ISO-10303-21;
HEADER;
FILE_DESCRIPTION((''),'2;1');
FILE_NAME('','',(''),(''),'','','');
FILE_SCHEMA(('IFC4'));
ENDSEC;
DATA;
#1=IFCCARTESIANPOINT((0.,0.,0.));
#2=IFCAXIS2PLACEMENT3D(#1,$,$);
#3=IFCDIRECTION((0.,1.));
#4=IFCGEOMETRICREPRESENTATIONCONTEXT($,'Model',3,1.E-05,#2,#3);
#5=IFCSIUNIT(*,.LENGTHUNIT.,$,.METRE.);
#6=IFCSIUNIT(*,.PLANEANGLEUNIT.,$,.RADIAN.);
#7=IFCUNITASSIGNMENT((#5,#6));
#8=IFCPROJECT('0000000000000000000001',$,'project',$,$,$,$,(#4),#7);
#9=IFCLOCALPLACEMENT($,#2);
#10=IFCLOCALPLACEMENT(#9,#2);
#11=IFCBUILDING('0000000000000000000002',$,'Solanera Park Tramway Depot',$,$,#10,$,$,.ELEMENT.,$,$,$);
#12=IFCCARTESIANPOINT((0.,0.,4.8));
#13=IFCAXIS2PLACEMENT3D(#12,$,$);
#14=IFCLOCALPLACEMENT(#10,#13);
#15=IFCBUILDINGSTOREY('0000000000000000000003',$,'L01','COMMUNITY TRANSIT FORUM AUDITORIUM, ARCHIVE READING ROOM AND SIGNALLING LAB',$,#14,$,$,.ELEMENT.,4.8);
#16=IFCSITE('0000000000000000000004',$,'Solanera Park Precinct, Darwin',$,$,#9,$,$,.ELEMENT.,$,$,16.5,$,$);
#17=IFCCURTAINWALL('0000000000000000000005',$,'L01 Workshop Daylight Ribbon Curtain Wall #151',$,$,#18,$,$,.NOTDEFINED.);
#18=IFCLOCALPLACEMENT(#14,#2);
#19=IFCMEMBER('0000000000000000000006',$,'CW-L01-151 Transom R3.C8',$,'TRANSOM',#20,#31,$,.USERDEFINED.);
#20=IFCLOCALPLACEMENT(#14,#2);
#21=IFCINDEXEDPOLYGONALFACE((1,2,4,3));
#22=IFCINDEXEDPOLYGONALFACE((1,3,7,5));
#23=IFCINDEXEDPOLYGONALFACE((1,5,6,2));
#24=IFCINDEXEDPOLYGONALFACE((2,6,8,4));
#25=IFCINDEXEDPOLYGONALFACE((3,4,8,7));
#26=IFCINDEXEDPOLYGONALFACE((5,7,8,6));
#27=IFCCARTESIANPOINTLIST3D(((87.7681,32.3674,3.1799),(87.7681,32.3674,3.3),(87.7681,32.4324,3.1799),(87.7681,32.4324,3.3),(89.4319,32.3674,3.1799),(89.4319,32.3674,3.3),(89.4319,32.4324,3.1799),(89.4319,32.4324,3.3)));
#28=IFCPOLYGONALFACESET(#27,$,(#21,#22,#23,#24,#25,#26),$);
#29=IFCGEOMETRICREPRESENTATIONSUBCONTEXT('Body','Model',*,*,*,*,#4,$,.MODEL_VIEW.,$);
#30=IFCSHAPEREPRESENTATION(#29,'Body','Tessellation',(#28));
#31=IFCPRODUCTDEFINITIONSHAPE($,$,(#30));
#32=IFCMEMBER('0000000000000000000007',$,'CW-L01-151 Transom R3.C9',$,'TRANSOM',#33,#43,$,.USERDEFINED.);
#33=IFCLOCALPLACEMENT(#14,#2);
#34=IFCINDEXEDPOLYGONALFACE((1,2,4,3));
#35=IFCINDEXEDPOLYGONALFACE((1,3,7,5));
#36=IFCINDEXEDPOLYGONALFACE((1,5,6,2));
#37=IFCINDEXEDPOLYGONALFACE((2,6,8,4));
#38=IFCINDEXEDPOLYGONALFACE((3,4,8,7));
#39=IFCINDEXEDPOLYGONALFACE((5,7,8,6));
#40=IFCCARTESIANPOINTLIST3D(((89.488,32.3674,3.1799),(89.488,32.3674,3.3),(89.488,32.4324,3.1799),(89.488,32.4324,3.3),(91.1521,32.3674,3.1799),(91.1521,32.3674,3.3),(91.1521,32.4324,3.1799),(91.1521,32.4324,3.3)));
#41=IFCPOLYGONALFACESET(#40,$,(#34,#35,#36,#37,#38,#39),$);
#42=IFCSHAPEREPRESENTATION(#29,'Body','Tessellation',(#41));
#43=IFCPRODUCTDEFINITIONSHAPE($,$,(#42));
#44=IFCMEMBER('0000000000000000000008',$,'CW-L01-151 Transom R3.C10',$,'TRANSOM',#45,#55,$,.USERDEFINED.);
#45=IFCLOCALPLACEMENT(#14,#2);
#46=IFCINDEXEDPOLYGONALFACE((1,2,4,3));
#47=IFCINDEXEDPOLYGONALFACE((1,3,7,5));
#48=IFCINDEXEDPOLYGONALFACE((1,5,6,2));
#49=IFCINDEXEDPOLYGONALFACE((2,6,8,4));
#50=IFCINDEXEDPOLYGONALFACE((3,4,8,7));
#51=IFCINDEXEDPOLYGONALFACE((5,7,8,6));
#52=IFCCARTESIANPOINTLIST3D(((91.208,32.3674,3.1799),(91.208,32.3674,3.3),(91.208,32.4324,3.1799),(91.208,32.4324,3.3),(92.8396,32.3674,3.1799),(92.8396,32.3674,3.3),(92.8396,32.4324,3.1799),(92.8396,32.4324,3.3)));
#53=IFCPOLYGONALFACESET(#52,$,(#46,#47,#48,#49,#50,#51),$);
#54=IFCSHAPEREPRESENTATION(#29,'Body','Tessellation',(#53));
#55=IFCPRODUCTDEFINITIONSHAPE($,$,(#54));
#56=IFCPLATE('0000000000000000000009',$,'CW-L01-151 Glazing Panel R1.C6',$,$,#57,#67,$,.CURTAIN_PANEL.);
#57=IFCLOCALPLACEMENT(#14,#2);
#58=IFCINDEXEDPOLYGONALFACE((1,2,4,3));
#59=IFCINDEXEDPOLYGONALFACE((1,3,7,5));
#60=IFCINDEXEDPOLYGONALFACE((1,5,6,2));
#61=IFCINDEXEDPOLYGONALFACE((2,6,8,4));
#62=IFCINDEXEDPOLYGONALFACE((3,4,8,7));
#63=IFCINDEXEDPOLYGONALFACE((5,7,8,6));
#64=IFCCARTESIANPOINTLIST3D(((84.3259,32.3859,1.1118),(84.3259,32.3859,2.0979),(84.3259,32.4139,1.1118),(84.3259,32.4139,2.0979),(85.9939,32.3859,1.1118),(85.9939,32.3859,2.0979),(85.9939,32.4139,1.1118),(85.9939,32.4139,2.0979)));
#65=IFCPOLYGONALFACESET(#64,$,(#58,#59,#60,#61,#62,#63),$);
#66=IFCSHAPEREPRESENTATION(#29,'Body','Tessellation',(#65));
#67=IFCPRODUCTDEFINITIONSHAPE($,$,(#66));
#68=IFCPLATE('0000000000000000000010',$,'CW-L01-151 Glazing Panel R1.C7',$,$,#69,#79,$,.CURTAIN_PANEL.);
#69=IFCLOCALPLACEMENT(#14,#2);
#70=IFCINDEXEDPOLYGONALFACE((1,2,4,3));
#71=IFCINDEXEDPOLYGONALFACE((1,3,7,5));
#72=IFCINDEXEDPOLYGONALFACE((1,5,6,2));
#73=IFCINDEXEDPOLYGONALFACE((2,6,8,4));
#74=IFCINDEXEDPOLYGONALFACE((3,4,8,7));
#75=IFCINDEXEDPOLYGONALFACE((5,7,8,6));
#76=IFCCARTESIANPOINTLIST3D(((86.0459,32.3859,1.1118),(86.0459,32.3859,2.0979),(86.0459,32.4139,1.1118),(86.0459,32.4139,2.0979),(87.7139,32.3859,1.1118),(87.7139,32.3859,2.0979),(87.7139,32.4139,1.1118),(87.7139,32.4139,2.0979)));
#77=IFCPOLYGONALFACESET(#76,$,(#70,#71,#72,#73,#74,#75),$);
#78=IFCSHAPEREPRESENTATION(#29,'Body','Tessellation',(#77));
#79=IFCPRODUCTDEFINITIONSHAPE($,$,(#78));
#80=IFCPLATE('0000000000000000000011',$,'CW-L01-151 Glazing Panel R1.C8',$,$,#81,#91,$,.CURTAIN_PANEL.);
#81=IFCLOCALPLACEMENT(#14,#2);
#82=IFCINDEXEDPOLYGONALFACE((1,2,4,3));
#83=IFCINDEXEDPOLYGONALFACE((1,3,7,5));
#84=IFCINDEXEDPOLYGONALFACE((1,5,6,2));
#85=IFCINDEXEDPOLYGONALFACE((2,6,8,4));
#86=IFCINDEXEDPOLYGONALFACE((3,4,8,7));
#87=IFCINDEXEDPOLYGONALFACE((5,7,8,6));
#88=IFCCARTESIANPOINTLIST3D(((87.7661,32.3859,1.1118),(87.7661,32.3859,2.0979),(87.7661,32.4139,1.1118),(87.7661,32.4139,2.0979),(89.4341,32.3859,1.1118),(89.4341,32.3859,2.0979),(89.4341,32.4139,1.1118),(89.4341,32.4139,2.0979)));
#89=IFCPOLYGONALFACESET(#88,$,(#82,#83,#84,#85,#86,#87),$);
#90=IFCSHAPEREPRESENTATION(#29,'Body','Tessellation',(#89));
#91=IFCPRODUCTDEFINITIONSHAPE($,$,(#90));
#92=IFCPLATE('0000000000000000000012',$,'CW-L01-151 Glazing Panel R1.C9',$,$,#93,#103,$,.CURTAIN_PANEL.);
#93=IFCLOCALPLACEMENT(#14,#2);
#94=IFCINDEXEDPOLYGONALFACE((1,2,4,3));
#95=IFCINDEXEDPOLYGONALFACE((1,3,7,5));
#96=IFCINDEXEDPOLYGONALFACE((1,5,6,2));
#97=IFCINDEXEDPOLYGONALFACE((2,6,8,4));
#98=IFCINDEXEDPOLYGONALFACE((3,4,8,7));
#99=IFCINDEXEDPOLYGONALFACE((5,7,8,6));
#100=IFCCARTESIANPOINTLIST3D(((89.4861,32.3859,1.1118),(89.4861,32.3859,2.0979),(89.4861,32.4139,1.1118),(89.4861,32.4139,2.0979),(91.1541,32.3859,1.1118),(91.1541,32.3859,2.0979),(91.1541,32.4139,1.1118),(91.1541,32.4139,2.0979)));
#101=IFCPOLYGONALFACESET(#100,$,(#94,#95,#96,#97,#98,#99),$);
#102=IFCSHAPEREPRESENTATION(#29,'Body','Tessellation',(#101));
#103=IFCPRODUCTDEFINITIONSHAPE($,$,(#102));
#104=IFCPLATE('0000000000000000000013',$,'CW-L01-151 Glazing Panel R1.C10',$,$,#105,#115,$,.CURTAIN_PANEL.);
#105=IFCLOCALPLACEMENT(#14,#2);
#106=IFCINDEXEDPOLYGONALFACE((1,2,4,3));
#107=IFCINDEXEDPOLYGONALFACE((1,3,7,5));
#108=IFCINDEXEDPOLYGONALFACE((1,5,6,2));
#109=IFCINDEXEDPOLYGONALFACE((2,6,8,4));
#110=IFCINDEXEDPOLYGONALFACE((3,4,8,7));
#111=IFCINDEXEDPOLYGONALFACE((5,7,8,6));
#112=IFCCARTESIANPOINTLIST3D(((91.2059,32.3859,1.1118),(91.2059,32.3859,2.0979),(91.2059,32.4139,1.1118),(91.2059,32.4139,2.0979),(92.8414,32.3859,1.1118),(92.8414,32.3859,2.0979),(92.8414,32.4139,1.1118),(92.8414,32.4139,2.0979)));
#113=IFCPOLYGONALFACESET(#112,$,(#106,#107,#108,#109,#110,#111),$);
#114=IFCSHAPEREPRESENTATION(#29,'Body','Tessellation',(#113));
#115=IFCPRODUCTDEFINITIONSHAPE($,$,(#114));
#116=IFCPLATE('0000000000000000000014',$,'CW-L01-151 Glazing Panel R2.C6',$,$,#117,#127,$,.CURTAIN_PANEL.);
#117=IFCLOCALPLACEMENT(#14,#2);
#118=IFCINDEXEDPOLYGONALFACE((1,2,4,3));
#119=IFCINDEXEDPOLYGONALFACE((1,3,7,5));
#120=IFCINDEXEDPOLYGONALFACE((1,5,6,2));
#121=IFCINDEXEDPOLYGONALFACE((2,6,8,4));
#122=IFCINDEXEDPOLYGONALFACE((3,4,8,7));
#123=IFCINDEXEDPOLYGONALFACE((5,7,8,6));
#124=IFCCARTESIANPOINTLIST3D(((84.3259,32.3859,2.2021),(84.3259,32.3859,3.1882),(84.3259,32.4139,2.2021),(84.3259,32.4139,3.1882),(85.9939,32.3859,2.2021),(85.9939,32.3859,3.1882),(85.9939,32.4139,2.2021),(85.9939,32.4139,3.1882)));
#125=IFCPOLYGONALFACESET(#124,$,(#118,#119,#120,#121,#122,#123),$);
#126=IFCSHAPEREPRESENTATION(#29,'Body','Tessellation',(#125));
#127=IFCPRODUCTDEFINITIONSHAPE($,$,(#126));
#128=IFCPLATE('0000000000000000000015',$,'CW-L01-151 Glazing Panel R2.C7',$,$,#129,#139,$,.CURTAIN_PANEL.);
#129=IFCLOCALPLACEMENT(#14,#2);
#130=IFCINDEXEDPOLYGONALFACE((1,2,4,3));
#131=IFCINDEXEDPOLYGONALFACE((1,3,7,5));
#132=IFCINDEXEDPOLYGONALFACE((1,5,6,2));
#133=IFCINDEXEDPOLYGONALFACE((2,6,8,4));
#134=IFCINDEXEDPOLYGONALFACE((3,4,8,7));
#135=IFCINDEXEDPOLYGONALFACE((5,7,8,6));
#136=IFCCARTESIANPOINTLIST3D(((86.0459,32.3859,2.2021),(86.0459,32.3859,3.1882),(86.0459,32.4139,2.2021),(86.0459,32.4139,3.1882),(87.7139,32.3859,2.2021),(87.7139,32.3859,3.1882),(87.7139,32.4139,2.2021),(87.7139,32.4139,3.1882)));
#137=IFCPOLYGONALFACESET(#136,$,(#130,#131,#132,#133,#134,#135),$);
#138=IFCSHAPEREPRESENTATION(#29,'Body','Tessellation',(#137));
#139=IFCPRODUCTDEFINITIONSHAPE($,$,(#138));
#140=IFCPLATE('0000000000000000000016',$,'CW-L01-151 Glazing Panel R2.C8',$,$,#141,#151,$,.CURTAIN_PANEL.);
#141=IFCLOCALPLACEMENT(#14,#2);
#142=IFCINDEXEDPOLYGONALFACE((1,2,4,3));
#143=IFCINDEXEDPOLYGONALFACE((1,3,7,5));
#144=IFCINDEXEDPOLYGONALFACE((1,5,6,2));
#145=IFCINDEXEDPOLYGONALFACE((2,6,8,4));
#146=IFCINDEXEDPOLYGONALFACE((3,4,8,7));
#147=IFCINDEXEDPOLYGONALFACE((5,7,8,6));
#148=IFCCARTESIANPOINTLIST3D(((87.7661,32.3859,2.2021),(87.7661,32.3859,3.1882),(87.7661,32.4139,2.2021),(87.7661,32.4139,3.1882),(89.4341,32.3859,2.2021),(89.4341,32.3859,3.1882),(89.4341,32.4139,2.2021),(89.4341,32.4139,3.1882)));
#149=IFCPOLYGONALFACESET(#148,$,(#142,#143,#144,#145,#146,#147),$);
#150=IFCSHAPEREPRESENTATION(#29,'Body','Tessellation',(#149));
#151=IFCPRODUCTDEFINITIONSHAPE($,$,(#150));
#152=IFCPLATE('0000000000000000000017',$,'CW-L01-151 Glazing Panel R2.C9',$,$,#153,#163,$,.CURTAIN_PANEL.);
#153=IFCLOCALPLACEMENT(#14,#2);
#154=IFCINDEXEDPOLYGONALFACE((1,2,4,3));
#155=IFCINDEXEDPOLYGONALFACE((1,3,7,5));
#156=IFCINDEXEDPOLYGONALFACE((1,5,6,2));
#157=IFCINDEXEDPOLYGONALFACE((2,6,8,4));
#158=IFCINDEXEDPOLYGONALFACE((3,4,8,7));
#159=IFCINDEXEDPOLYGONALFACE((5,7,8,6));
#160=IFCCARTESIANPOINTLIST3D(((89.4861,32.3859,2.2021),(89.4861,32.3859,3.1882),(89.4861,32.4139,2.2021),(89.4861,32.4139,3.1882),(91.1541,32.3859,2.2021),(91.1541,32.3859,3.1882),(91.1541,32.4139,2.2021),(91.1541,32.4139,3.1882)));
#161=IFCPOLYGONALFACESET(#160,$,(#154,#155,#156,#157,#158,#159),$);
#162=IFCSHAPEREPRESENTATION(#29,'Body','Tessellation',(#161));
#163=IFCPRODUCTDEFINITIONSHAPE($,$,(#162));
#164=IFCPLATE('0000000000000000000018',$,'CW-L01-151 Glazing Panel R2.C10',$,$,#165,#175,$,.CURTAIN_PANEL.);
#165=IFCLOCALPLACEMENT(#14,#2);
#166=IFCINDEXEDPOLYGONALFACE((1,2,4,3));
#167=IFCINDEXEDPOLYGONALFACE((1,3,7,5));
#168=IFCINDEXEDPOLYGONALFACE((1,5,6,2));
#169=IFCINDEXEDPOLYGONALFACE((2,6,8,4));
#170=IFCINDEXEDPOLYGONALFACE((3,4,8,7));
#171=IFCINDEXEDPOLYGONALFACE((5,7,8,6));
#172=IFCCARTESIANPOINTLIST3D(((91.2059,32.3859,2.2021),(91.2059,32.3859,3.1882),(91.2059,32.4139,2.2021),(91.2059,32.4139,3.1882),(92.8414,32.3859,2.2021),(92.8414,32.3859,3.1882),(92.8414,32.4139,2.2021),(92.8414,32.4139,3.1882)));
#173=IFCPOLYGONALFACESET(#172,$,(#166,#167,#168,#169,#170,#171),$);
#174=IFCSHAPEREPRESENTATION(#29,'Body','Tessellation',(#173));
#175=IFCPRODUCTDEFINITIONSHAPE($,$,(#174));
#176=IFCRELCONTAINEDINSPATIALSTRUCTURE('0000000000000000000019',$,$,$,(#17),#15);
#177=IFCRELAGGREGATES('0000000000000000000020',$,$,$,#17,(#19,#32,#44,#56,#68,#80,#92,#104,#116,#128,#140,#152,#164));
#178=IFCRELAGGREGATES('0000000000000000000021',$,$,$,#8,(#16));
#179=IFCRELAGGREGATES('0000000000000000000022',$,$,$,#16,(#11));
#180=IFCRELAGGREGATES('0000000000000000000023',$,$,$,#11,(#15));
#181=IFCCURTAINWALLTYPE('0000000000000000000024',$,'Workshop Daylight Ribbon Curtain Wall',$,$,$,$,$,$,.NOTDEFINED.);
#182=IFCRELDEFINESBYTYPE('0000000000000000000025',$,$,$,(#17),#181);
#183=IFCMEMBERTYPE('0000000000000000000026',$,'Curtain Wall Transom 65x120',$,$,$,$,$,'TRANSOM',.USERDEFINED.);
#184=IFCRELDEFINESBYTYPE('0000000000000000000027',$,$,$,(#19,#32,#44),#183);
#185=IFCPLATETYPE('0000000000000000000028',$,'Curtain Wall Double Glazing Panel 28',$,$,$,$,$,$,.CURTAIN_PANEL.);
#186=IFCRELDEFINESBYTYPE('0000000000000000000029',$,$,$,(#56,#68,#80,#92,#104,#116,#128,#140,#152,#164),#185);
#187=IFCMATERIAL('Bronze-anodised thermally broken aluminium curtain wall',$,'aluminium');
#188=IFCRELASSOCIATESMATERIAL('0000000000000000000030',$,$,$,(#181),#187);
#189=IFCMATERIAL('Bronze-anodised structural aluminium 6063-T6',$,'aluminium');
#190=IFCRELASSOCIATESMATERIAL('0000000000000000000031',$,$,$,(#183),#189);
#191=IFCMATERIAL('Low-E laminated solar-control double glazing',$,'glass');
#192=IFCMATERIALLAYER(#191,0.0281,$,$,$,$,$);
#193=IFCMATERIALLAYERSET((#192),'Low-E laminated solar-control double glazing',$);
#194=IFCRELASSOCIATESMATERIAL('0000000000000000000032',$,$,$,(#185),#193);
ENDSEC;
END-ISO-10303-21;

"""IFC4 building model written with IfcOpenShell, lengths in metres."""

from ifc_helpers import new_model, si_unit, direction, frame, origin, origin_2d, place, context, subcontext, project, spatial, rectangle, extrude, material, layer, layer_set, material_profile, profile_set, type_object, element, aggregate, save


model = new_model("IFC4")

# Units and contexts
model_context = context("Model", 3, precision=1e-05, world=origin(), true_north=direction((0.0, 1.0)))
body_context = subcontext(model_context, "Body", "Model", "MODEL_VIEW")
ifc_project = project(units=[si_unit("LENGTHUNIT", "METRE"), si_unit("PLANEANGLEUNIT", "RADIAN")], contexts=[model_context])

# Site, building, storey
site_placement = place(None, origin())
site = spatial("IfcSite", under=ifc_project, at=site_placement, Name="Solanera Park Precinct, Darwin", CompositionType="ELEMENT", RefElevation=16.5)
building_placement = place(site_placement, origin())
building = spatial("IfcBuilding", under=site, at=building_placement, Name="Solanera Park Tramway Depot", CompositionType="ELEMENT")
storey_placement = place(building_placement, frame((0.0, 0.0, 4.8)))
storey = spatial("IfcBuildingStorey", under=building, at=storey_placement, Name="L01", Description="COMMUNITY TRANSIT FORUM AUDITORIUM, ARCHIVE READING ROOM AND SIGNALLING LAB", CompositionType="ELEMENT", Elevation=4.8)

# Curtain wall, members, plates
ifc_material_1 = material(Name="Bronze-anodised thermally broken aluminium curtain wall", Category="aluminium")
curtain_wall_type = type_object("IfcCurtainWallType", Name="Workshop Daylight Ribbon Curtain Wall", PredefinedType="NOTDEFINED", material=ifc_material_1)
curtain_wall_placement = place(storey_placement, origin())
curtain_wall = element("IfcCurtainWall", 1, at=curtain_wall_placement, inside=storey, type_object=curtain_wall_type, Name="L01 Workshop Daylight Ribbon Curtain Wall #151", PredefinedType="NOTDEFINED")
ifc_material_2 = material(Name="Bronze-anodised structural aluminium 6063-T6", Category="aluminium")
ifc_material_profile_1 = material_profile(ifc_material_2, rectangle(XDim=0.0649, YDim=0.1201, at=origin_2d()), Name="Curtain Wall Transom 65x120")
ifc_profile_set_1 = profile_set([ifc_material_profile_1], Name="Bronze-anodised structural aluminium 6063-T6")
member_type_1 = type_object("IfcMemberType", Name="Curtain Wall Transom 65x120", ElementType="TRANSOM", PredefinedType="USERDEFINED", material=ifc_profile_set_1)
member_1_placement = place(storey_placement, frame((87.7681, 32.3999, 3.24), z_axis=(1.0, 0.0, 0.0), x_axis=(0.0, 1.0, 0.0)))
member_1 = element("IfcMember", 2, at=member_1_placement, type_object=member_type_1, Name="CW-L01-151 Transom R3.C8", ObjectType="TRANSOM", PredefinedType="USERDEFINED", context=body_context, shape_type="SweptSolid", body=[
    extrude(rectangle(XDim=0.0649, YDim=0.1201, at=origin_2d()), origin(), (0.0, 0.0, 1.0), 1.6638),
])
member_2_placement = place(storey_placement, frame((89.488, 32.3999, 3.24), z_axis=(1.0, 0.0, 0.0), x_axis=(0.0, 1.0, 0.0)))
member_2 = element("IfcMember", 3, at=member_2_placement, type_object=member_type_1, Name="CW-L01-151 Transom R3.C9", ObjectType="TRANSOM", PredefinedType="USERDEFINED", context=body_context, shape_type="SweptSolid", body=[
    extrude(rectangle(XDim=0.0649, YDim=0.1201, at=origin_2d()), origin(), (0.0, 0.0, 1.0), 1.6641),
])
member_3_placement = place(storey_placement, frame((91.208, 32.3999, 3.24), z_axis=(1.0, 0.0, 0.0), x_axis=(0.0, 1.0, 0.0)))
member_3 = element("IfcMember", 4, at=member_3_placement, type_object=member_type_1, Name="CW-L01-151 Transom R3.C10", ObjectType="TRANSOM", PredefinedType="USERDEFINED", context=body_context, shape_type="SweptSolid", body=[
    extrude(rectangle(XDim=0.0649, YDim=0.1201, at=origin_2d()), origin(), (0.0, 0.0, 1.0), 1.6316),
])
ifc_material_3 = material(Name="Low-E laminated solar-control double glazing", Category="glass")
ifc_layer_1 = layer(ifc_material_3, 0.0281)
ifc_layer_set_1 = layer_set([ifc_layer_1], Name="Low-E laminated solar-control double glazing")
plate_type = type_object("IfcPlateType", Name="Curtain Wall Double Glazing Panel 28", PredefinedType="CURTAIN_PANEL", material=ifc_layer_set_1)
plate_1_placement = place(storey_placement, frame((85.1599, 32.3999, 1.1118), z_axis=(0.0, 0.0, 1.0), x_axis=(1.0, 0.0, 0.0)))
plate_1 = element("IfcPlate", 5, at=plate_1_placement, type_object=plate_type, Name="CW-L01-151 Glazing Panel R1.C6", PredefinedType="CURTAIN_PANEL", context=body_context, shape_type="SweptSolid", body=[
    extrude(rectangle(XDim=1.668, YDim=0.0281, at=origin_2d()), origin(), (0.0, 0.0, 1.0), 0.9861),
])
plate_2_placement = place(storey_placement, frame((86.8799, 32.3999, 1.1118), z_axis=(0.0, 0.0, 1.0), x_axis=(1.0, 0.0, 0.0)))
plate_2 = element("IfcPlate", 6, at=plate_2_placement, type_object=plate_type, Name="CW-L01-151 Glazing Panel R1.C7", PredefinedType="CURTAIN_PANEL", context=body_context, shape_type="SweptSolid", body=[
    extrude(rectangle(XDim=1.668, YDim=0.0281, at=origin_2d()), origin(), (0.0, 0.0, 1.0), 0.9861),
])
plate_3_placement = place(storey_placement, frame((88.6001, 32.3999, 1.1118), z_axis=(0.0, 0.0, 1.0), x_axis=(1.0, 0.0, 0.0)))
plate_3 = element("IfcPlate", 7, at=plate_3_placement, type_object=plate_type, Name="CW-L01-151 Glazing Panel R1.C8", PredefinedType="CURTAIN_PANEL", context=body_context, shape_type="SweptSolid", body=[
    extrude(rectangle(XDim=1.668, YDim=0.0281, at=origin_2d()), origin(), (0.0, 0.0, 1.0), 0.9861),
])
plate_4_placement = place(storey_placement, frame((90.3201, 32.3999, 1.1118), z_axis=(0.0, 0.0, 1.0), x_axis=(1.0, 0.0, 0.0)))
plate_4 = element("IfcPlate", 8, at=plate_4_placement, type_object=plate_type, Name="CW-L01-151 Glazing Panel R1.C9", PredefinedType="CURTAIN_PANEL", context=body_context, shape_type="SweptSolid", body=[
    extrude(rectangle(XDim=1.668, YDim=0.0281, at=origin_2d()), origin(), (0.0, 0.0, 1.0), 0.9861),
])
plate_5_placement = place(storey_placement, frame((92.0237, 32.3999, 1.1118), z_axis=(0.0, 0.0, 1.0), x_axis=(1.0, 0.0, 0.0)))
plate_5 = element("IfcPlate", 9, at=plate_5_placement, type_object=plate_type, Name="CW-L01-151 Glazing Panel R1.C10", PredefinedType="CURTAIN_PANEL", context=body_context, shape_type="SweptSolid", body=[
    extrude(rectangle(XDim=1.6355, YDim=0.0281, at=origin_2d()), origin(), (0.0, 0.0, 1.0), 0.9861),
])
plate_6_placement = place(storey_placement, frame((85.1599, 32.3999, 2.2021), z_axis=(0.0, 0.0, 1.0), x_axis=(1.0, 0.0, 0.0)))
plate_6 = element("IfcPlate", 10, at=plate_6_placement, type_object=plate_type, Name="CW-L01-151 Glazing Panel R2.C6", PredefinedType="CURTAIN_PANEL", context=body_context, shape_type="SweptSolid", body=[
    extrude(rectangle(XDim=1.668, YDim=0.0281, at=origin_2d()), origin(), (0.0, 0.0, 1.0), 0.9861),
])
plate_7_placement = place(storey_placement, frame((86.8799, 32.3999, 2.2021), z_axis=(0.0, 0.0, 1.0), x_axis=(1.0, 0.0, 0.0)))
plate_7 = element("IfcPlate", 11, at=plate_7_placement, type_object=plate_type, Name="CW-L01-151 Glazing Panel R2.C7", PredefinedType="CURTAIN_PANEL", context=body_context, shape_type="SweptSolid", body=[
    extrude(rectangle(XDim=1.668, YDim=0.0281, at=origin_2d()), origin(), (0.0, 0.0, 1.0), 0.9861),
])
plate_8_placement = place(storey_placement, frame((88.6001, 32.3999, 2.2021), z_axis=(0.0, 0.0, 1.0), x_axis=(1.0, 0.0, 0.0)))
plate_8 = element("IfcPlate", 12, at=plate_8_placement, type_object=plate_type, Name="CW-L01-151 Glazing Panel R2.C8", PredefinedType="CURTAIN_PANEL", context=body_context, shape_type="SweptSolid", body=[
    extrude(rectangle(XDim=1.668, YDim=0.0281, at=origin_2d()), origin(), (0.0, 0.0, 1.0), 0.9861),
])
plate_9_placement = place(storey_placement, frame((90.3201, 32.3999, 2.2021), z_axis=(0.0, 0.0, 1.0), x_axis=(1.0, 0.0, 0.0)))
plate_9 = element("IfcPlate", 13, at=plate_9_placement, type_object=plate_type, Name="CW-L01-151 Glazing Panel R2.C9", PredefinedType="CURTAIN_PANEL", context=body_context, shape_type="SweptSolid", body=[
    extrude(rectangle(XDim=1.668, YDim=0.0281, at=origin_2d()), origin(), (0.0, 0.0, 1.0), 0.9861),
])
plate_10_placement = place(storey_placement, frame((92.0237, 32.3999, 2.2021), z_axis=(0.0, 0.0, 1.0), x_axis=(1.0, 0.0, 0.0)))
plate_10 = element("IfcPlate", 14, at=plate_10_placement, type_object=plate_type, Name="CW-L01-151 Glazing Panel R2.C10", PredefinedType="CURTAIN_PANEL", context=body_context, shape_type="SweptSolid", body=[
    extrude(rectangle(XDim=1.6355, YDim=0.0281, at=origin_2d()), origin(), (0.0, 0.0, 1.0), 0.9861),
])
aggregate(curtain_wall, [member_1, member_2, member_3, plate_1, plate_2, plate_3, plate_4, plate_5, plate_6, plate_7, plate_8, plate_9, plate_10])

save(model, "model.ifc")
